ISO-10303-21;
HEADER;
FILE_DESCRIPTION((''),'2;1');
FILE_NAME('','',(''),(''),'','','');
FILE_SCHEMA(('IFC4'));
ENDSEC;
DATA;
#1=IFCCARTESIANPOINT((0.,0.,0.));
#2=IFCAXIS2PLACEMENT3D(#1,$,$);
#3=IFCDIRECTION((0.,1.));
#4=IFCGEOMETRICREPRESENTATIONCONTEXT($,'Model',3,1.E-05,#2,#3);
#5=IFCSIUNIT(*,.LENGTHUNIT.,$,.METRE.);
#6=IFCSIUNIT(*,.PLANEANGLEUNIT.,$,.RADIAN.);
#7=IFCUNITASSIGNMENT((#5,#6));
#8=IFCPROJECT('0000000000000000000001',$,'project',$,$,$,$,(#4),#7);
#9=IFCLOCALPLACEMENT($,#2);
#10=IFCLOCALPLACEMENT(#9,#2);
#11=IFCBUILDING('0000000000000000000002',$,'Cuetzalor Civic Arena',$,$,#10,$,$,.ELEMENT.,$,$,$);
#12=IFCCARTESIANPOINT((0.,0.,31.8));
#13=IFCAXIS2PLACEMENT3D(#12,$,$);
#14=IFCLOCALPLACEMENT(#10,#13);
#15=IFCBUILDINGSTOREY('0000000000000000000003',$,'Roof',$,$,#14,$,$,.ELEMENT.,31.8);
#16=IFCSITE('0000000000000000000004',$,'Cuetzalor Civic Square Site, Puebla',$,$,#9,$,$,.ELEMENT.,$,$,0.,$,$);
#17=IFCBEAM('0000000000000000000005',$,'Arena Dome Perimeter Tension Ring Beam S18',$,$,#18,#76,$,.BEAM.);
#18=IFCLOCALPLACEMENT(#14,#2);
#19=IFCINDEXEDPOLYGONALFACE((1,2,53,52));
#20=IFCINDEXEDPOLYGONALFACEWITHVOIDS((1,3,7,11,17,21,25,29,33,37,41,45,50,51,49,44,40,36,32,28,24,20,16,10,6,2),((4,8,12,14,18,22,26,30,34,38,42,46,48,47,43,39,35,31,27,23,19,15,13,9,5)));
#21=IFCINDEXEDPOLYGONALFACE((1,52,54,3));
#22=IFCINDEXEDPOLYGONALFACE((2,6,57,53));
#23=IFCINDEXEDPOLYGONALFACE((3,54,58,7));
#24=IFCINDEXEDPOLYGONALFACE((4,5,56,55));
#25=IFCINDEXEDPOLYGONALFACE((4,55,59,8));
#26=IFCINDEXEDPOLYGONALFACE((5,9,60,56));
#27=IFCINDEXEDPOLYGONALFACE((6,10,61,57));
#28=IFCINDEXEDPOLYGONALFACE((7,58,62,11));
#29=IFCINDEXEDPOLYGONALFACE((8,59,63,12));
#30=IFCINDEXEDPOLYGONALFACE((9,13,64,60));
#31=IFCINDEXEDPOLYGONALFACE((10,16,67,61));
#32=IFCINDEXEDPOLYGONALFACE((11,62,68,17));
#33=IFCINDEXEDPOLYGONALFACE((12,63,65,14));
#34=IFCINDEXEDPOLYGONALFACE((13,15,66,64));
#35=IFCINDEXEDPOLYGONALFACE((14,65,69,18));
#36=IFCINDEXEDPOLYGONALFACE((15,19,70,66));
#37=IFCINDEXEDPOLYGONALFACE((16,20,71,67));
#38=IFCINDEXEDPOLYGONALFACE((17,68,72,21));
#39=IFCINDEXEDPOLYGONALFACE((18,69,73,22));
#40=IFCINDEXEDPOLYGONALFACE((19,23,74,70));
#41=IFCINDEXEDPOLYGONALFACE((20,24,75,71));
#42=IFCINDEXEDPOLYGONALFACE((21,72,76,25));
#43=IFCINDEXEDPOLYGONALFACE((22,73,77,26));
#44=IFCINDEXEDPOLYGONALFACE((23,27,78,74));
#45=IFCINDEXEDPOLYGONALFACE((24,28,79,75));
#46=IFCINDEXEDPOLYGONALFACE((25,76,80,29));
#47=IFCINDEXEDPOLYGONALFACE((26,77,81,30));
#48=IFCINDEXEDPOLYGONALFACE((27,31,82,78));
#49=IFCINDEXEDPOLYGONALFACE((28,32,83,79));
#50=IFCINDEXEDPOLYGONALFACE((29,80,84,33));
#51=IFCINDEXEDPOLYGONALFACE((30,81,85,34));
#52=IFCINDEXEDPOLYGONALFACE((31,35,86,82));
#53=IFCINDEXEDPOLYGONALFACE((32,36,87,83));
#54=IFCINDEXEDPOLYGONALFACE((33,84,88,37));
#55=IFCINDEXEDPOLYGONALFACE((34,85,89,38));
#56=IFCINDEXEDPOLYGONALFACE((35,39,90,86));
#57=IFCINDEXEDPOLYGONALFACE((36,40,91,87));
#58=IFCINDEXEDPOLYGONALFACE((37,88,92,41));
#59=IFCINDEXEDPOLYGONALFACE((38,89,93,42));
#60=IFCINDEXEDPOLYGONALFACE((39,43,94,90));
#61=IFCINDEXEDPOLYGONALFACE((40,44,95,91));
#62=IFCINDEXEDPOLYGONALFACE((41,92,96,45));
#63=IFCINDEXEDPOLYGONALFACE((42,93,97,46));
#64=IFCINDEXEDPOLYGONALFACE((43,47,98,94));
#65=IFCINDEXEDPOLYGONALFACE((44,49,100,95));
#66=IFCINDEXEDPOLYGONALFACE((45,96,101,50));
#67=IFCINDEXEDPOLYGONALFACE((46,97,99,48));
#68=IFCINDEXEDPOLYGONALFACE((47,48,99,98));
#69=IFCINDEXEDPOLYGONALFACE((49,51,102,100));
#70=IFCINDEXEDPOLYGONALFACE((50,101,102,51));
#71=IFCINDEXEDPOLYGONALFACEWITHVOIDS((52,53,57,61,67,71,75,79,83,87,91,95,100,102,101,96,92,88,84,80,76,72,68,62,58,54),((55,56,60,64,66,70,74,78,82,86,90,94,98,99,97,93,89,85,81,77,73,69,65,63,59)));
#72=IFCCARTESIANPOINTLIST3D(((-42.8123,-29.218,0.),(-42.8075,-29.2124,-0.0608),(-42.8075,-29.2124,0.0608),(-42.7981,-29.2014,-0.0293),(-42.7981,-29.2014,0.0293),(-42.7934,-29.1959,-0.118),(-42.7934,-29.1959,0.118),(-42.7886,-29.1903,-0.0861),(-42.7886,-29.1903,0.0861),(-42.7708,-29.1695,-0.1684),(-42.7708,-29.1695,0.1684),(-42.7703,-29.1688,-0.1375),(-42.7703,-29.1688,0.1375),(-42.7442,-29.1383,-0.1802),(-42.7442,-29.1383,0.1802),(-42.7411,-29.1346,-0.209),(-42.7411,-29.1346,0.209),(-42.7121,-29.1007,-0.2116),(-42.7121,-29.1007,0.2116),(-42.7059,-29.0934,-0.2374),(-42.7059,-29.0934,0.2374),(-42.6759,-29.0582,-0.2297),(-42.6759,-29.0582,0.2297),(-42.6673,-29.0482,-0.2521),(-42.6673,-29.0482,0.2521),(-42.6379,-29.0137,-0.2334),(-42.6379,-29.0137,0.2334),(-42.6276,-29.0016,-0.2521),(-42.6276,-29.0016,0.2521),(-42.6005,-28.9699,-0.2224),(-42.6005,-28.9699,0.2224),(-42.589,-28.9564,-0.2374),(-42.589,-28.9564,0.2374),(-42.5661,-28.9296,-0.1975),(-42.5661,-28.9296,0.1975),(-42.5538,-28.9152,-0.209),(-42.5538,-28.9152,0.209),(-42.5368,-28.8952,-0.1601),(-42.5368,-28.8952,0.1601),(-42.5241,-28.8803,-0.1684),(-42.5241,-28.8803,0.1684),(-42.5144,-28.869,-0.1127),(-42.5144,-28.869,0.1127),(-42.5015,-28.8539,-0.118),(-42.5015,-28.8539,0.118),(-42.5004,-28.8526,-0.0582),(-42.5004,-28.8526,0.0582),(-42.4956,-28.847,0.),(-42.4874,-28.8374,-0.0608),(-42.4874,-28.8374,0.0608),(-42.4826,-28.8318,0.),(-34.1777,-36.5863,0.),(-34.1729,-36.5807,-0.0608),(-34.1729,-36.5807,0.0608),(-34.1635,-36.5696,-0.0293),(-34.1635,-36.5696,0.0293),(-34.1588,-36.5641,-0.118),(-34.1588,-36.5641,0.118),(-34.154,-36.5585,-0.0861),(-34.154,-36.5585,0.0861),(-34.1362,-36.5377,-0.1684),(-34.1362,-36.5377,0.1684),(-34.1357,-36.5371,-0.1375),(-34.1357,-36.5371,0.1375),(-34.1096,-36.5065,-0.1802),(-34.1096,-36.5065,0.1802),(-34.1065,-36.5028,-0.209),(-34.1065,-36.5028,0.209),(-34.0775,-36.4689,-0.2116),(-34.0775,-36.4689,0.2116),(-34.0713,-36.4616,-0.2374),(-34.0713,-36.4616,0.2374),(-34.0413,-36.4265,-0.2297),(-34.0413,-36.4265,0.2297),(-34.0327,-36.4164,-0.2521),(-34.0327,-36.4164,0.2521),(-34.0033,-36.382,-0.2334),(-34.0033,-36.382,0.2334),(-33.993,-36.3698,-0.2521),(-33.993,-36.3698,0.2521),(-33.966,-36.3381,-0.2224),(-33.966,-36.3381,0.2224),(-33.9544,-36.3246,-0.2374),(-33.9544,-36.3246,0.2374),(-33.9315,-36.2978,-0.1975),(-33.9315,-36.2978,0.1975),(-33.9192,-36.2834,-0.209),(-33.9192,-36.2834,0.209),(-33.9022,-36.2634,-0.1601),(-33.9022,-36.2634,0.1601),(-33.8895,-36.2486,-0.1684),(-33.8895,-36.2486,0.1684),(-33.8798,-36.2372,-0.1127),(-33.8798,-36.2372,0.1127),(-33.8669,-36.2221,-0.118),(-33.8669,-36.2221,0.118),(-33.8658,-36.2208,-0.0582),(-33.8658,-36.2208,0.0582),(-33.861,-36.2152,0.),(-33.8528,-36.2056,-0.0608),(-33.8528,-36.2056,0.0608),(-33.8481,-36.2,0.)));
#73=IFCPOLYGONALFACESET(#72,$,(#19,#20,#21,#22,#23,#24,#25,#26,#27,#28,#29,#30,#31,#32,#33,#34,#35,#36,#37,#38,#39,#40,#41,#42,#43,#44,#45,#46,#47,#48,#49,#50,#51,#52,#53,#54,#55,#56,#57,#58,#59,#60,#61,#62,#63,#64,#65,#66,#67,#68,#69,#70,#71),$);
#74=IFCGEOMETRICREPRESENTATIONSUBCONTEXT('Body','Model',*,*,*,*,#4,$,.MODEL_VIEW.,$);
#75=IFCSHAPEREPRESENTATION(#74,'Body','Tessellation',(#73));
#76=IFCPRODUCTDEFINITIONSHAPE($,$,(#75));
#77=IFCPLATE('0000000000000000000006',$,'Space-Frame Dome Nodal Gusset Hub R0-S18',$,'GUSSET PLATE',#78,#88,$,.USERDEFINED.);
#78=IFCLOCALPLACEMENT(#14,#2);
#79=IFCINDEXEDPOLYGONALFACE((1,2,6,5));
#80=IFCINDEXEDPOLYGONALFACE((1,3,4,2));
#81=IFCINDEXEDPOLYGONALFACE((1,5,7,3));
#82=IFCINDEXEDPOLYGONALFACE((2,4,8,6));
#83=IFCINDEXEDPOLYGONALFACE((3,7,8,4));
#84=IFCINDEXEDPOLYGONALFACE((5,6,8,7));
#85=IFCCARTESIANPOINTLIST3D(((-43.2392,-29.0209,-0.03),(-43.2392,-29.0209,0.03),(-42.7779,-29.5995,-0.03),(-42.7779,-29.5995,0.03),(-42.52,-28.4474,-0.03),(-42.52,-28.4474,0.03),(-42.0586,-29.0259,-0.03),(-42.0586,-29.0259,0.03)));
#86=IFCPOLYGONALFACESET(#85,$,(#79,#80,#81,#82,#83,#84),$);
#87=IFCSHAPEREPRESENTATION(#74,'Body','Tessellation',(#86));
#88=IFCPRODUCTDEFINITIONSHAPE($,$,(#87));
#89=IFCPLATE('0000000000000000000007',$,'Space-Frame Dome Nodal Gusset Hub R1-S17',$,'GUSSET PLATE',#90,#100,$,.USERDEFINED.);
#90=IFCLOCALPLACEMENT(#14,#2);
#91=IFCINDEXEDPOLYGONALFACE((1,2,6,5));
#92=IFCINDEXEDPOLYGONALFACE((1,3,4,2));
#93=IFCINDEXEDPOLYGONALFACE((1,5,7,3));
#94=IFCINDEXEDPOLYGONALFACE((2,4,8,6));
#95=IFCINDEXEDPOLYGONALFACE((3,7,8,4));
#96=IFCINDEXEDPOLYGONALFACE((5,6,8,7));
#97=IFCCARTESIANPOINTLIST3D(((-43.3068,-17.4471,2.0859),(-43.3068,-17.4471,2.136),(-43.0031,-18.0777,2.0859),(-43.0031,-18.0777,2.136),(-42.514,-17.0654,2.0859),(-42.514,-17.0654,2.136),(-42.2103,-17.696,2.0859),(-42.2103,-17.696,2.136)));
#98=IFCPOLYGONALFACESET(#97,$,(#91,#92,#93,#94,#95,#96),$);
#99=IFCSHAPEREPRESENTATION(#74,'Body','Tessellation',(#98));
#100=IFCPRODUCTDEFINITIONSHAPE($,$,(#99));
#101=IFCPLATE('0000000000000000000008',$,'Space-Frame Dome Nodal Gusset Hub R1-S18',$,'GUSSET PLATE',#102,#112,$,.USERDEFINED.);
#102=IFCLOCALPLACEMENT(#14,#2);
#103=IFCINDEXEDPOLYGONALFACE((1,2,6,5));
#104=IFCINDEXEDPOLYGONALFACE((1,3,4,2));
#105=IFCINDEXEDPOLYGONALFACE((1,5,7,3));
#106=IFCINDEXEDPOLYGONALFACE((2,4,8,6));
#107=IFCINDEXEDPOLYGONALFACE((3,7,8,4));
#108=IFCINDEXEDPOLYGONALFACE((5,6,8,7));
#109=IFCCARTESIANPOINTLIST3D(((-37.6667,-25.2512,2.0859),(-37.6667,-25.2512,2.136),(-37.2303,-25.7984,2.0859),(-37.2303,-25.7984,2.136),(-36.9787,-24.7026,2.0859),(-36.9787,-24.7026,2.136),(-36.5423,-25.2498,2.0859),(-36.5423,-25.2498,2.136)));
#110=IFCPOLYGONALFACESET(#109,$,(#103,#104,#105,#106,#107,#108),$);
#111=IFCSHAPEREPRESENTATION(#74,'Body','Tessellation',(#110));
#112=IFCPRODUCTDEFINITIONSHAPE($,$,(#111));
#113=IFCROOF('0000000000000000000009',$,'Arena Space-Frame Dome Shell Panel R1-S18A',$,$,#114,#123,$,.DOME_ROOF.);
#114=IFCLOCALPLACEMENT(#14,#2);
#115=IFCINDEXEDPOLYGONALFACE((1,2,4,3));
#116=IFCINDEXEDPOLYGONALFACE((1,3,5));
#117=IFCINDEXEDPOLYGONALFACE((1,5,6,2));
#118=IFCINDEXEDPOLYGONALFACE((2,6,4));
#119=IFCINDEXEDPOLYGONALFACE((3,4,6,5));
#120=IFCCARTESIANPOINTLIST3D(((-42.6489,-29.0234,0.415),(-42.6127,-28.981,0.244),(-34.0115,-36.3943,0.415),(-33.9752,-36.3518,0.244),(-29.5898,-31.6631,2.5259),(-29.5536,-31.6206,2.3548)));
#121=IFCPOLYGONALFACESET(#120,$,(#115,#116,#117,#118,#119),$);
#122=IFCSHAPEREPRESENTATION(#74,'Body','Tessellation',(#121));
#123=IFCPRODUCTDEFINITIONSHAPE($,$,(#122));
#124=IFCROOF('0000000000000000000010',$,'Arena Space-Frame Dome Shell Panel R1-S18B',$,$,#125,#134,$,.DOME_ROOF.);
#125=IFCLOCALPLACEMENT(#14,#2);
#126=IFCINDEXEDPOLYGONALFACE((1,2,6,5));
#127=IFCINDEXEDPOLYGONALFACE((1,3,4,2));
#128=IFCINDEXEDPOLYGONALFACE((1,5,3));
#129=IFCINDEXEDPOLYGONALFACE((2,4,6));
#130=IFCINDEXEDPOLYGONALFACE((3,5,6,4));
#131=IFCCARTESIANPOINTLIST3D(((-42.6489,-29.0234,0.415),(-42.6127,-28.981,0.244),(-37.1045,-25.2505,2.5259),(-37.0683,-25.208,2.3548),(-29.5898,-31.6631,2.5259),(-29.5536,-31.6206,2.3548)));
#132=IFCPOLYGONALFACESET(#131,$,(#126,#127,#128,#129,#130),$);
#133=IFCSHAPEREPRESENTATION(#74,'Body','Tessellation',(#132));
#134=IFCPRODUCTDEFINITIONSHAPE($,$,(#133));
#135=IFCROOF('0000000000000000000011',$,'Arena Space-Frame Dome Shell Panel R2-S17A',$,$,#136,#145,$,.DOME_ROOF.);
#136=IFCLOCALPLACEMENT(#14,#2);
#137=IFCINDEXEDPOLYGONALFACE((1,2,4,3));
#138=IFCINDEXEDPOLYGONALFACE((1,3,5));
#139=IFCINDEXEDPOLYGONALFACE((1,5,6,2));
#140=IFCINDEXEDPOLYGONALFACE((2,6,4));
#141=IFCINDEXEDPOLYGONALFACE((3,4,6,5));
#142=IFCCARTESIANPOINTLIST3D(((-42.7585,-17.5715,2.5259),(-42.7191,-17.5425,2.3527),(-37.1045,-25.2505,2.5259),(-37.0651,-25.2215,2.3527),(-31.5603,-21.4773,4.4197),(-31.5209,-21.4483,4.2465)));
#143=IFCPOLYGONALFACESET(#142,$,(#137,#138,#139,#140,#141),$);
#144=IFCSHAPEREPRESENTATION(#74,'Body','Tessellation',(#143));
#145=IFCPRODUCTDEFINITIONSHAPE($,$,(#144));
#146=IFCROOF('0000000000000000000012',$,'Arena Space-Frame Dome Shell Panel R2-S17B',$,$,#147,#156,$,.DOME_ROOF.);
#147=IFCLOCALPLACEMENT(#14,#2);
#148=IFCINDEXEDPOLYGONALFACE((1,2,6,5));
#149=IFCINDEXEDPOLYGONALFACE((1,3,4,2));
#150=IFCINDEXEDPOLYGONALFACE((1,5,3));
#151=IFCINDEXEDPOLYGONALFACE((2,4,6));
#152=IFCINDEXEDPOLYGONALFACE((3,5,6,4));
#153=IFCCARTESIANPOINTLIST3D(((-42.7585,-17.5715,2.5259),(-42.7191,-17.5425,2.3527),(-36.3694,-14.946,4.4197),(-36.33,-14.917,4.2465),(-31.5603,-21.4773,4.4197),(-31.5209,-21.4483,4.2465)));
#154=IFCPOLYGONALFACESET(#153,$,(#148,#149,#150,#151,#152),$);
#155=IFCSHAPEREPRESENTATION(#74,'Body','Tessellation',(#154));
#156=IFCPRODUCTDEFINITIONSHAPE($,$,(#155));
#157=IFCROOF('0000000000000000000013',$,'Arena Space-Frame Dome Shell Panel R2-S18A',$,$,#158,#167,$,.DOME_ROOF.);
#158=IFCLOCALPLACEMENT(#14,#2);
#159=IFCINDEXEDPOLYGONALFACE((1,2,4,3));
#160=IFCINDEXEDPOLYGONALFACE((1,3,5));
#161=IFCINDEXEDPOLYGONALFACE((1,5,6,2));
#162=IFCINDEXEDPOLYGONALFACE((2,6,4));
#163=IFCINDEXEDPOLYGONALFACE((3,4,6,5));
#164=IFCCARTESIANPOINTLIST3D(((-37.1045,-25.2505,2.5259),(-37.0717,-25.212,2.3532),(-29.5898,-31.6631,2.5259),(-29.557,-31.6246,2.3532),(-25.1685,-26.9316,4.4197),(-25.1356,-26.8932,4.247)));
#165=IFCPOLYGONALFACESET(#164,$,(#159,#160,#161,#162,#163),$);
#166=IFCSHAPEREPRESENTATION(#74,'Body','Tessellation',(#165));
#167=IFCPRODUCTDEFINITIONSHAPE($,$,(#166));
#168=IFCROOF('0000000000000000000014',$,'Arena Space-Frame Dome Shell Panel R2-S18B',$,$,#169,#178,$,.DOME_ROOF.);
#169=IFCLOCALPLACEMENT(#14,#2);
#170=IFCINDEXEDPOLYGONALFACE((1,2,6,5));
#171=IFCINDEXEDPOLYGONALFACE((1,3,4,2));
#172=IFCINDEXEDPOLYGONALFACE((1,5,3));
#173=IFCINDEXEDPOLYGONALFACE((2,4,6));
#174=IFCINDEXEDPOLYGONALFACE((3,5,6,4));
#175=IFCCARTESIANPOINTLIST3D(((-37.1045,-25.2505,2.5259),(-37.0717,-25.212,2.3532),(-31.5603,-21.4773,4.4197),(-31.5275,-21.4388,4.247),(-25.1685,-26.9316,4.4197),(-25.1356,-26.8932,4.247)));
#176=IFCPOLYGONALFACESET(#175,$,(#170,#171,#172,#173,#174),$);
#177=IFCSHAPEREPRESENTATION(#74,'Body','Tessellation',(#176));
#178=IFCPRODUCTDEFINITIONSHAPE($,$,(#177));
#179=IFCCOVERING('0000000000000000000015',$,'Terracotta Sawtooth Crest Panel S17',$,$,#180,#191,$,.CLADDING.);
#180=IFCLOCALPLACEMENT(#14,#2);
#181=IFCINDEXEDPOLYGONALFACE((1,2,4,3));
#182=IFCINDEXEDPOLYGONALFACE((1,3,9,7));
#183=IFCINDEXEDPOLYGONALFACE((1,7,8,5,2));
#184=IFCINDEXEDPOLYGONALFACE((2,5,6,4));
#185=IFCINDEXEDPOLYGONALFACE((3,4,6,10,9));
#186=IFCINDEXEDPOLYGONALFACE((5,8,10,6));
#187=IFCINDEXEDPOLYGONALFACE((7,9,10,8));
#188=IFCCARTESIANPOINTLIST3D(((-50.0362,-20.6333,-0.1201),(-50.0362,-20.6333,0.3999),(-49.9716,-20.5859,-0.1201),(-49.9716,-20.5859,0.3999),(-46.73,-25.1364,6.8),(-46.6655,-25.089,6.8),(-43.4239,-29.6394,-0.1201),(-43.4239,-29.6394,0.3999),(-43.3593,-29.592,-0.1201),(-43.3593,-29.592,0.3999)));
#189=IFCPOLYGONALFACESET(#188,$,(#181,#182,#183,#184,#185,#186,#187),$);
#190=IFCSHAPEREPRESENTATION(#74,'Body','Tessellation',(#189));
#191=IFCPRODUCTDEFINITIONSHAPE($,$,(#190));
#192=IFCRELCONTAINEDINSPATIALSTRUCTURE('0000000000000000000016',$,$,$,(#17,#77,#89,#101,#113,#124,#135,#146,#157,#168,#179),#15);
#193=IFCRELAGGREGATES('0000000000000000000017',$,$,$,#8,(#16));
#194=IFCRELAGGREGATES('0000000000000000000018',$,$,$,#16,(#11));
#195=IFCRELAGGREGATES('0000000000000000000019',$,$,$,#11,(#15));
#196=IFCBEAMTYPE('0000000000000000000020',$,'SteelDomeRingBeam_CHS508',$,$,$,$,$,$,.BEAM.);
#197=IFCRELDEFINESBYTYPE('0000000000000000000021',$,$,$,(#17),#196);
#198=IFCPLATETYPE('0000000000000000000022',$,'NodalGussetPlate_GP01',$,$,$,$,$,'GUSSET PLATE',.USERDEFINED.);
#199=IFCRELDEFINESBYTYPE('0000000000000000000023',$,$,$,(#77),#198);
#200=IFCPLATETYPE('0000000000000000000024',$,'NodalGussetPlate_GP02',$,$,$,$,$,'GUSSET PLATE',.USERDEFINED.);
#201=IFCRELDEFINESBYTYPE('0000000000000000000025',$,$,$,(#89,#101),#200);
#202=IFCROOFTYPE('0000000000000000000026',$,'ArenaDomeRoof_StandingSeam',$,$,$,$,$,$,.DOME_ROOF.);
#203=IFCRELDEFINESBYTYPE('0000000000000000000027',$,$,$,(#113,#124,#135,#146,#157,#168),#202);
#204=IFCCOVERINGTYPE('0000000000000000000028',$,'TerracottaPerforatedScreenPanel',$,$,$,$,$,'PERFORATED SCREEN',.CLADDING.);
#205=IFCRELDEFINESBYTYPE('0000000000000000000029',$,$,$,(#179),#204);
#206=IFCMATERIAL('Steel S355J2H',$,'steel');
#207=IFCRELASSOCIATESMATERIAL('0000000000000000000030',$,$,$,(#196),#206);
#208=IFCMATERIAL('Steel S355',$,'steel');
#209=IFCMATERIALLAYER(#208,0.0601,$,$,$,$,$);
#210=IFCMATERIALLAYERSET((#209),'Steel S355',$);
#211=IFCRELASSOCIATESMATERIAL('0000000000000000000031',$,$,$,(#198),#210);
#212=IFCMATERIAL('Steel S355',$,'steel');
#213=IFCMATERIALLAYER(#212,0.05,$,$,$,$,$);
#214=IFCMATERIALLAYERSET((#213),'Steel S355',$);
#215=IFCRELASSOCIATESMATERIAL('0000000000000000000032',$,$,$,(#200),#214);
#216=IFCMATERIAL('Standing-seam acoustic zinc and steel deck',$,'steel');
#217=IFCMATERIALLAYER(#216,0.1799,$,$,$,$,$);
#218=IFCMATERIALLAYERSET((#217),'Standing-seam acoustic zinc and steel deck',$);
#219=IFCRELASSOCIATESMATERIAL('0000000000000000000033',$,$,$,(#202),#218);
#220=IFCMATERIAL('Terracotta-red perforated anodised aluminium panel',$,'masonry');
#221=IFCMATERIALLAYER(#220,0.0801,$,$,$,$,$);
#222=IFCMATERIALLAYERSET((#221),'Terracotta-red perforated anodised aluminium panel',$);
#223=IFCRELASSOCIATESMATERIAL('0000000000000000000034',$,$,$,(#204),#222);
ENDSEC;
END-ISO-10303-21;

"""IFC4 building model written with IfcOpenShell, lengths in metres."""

from ifc_helpers import new_model, si_unit, direction, frame, origin, origin_2d, place, context, subcontext, project, spatial, polyline, rectangle, hollow_circle, outline, extrude, material, layer, layer_set, material_profile, profile_set, type_object, element, save


model = new_model("IFC4")

# Units and contexts
model_context = context("Model", 3, precision=1e-05, world=origin(), true_north=direction((0.0, 1.0)))
body_context = subcontext(model_context, "Body", "Model", "MODEL_VIEW")
ifc_project = project(units=[si_unit("LENGTHUNIT", "METRE"), si_unit("PLANEANGLEUNIT", "RADIAN")], contexts=[model_context])

# Site, building, storey
site_placement = place(None, origin())
site = spatial("IfcSite", under=ifc_project, at=site_placement, Name="Cuetzalor Civic Square Site, Puebla", CompositionType="ELEMENT", RefElevation=0.0)
building_placement = place(site_placement, origin())
building = spatial("IfcBuilding", under=site, at=building_placement, Name="Cuetzalor Civic Arena", CompositionType="ELEMENT")
storey_placement = place(building_placement, frame((0.0, 0.0, 31.8)))
storey = spatial("IfcBuildingStorey", under=building, at=storey_placement, Name="Roof", CompositionType="ELEMENT", Elevation=31.8)

# Beam
ifc_material_1 = material(Name="Steel S355J2H", Category="steel")
ifc_material_profile_1 = material_profile(ifc_material_1, hollow_circle(Radius=0.2539, WallThickness=0.02, at=origin_2d()), Name="CHS 508x20")
ifc_profile_set_1 = profile_set([ifc_material_profile_1], Name="Steel S355J2H")
beam_type = type_object("IfcBeamType", Name="SteelDomeRingBeam_CHS508", PredefinedType="BEAM", material=ifc_profile_set_1)
beam_placement = place(storey_placement, frame((-42.6475, -29.0249, 0.0), z_axis=(0.760685, -0.649121, 0.0), x_axis=(0.649121, 0.760685, 0.0)))
element("IfcBeam", 1, at=beam_placement, inside=storey, type_object=beam_type, Name="Arena Dome Perimeter Tension Ring Beam S18", PredefinedType="BEAM", context=body_context, shape_type="SweptSolid", body=[
    extrude(hollow_circle(Radius=0.2539, WallThickness=0.02, at=origin_2d()), origin(), (0.0, 0.0, 1.0), 11.3511),
])

# Plates
ifc_material_2 = material(Name="Steel S355", Category="steel")
ifc_layer_1 = layer(ifc_material_2, 0.0601)
ifc_layer_set_1 = layer_set([ifc_layer_1], Name="Steel S355")
plate_type_1 = type_object("IfcPlateType", Name="NodalGussetPlate_GP01", ElementType="GUSSET PLATE", PredefinedType="USERDEFINED", material=ifc_layer_set_1)
plate_placement = place(storey_placement, frame((-42.6489, -29.0234, -0.03), z_axis=(0.0, 0.0, 1.0), x_axis=(-0.781847, -0.62347, 0.0)))
element("IfcPlate", 2, at=plate_placement, inside=storey, type_object=plate_type_1, Name="Space-Frame Dome Nodal Gusset Hub R0-S18", ObjectType="GUSSET PLATE", PredefinedType="USERDEFINED", context=body_context, shape_type="SweptSolid", body=[
    extrude(rectangle(XDim=0.9199, YDim=0.74, at=origin_2d()), origin(), (0.0, 0.0, 1.0), 0.0601),
])
ifc_material_3 = material(Name="Steel S355", Category="steel")
ifc_layer_2 = layer(ifc_material_3, 0.05)
ifc_layer_set_2 = layer_set([ifc_layer_2], Name="Steel S355")
plate_type_2 = type_object("IfcPlateType", Name="NodalGussetPlate_GP02", ElementType="GUSSET PLATE", PredefinedType="USERDEFINED", material=ifc_layer_set_2)
for number, where, z_axis, x_axis, name in (
    (3, (-42.7585, -17.5715, 2.0859), (0.0, 0.0, 1.0), (-0.901001, -0.433816, 0.0), "Space-Frame Dome Nodal Gusset Hub R1-S17"),
    (4, (-37.1045, -25.2505, 2.0859), (0.0, 0.0, 1.0), (-0.781847, -0.62347, 0.0), "Space-Frame Dome Nodal Gusset Hub R1-S18"),
):
    element("IfcPlate", number, at=place(storey_placement, frame(where, z_axis=z_axis, x_axis=x_axis)), inside=storey, type_object=plate_type_2, Name=name, ObjectType="GUSSET PLATE", PredefinedType="USERDEFINED", context=body_context, shape_type="SweptSolid", body=[
        extrude(rectangle(XDim=0.8799, YDim=0.7, at=origin_2d()), origin(), (0.0, 0.0, 1.0), 0.05),
    ])

# Roofs
ifc_material_4 = material(Name="Standing-seam acoustic zinc and steel deck", Category="steel")
ifc_layer_3 = layer(ifc_material_4, 0.1799)
ifc_layer_set_3 = layer_set([ifc_layer_3], Name="Standing-seam acoustic zinc and steel deck")
roof_type = type_object("IfcRoofType", Name="ArenaDomeRoof_StandingSeam", PredefinedType="DOME_ROOF", material=ifc_layer_set_3)
roof_1_placement = place(storey_placement, frame((-42.6489, -29.0234, 0.415), z_axis=(-0.201359, -0.235961, 0.950672), x_axis=(0.760677, -0.649131, 0.0)))
element("IfcRoof", 5, at=roof_1_placement, inside=storey, type_object=roof_type, Name="Arena Space-Frame Dome Shell Panel R1-S18A", PredefinedType="DOME_ROOF", context=body_context, shape_type="SweptSolid", body=[
    extrude(outline(polyline([(0.0, 0.0), (11.355, 0.0), (11.6472, 6.8048), (0.0, 0.0)])), origin(), (0.0, 0.0, -1.0), 0.1799),
])
roof_2_placement = place(storey_placement, frame((-42.6489, -29.0234, 0.415), z_axis=(-0.20136, -0.235965, 0.950671), x_axis=(0.968102, -0.195684, 0.156482)))
element("IfcRoof", 6, at=roof_2_placement, inside=storey, type_object=roof_type, Name="Arena Space-Frame Dome Shell Panel R1-S18B", PredefinedType="DOME_ROOF", context=body_context, shape_type="SweptSolid", body=[
    extrude(outline(polyline([(0.0, 0.0), (13.4894, 0.0), (4.9596, 4.9834), (0.0, 0.0)])), origin(), (0.0, 0.0, -1.0), 0.1799),
])
roof_3_placement = place(storey_placement, frame((-42.7585, -17.5715, 2.5259), z_axis=(-0.218979, -0.161235, 0.962316), x_axis=(0.592919, -0.805262, 0.0)))
element("IfcRoof", 7, at=roof_3_placement, inside=storey, type_object=roof_type, Name="Arena Space-Frame Dome Shell Panel R2-S17A", PredefinedType="DOME_ROOF", context=body_context, shape_type="SweptSolid", body=[
    extrude(outline(polyline([(0.0, 0.0), (9.536, 0.0), (9.7848, 6.9642), (0.0, 0.0)])), origin(), (0.0, 0.0, -1.0), 0.1799),
])
roof_4_placement = place(storey_placement, frame((-42.7585, -17.5715, 2.5259), z_axis=(-0.21898, -0.161239, 0.962315), x_axis=(0.932403, -0.325207, 0.157684)))
element("IfcRoof", 8, at=roof_4_placement, inside=storey, type_object=roof_type, Name="Arena Space-Frame Dome Shell Panel R2-S17B", PredefinedType="DOME_ROOF", context=body_context, shape_type="SweptSolid", body=[
    extrude(outline(polyline([(0.0, 0.0), (12.0101, 0.0), (5.4021, 4.703), (0.0, 0.0)])), origin(), (0.0, 0.0, -1.0), 0.1799),
])
roof_5_placement = place(storey_placement, frame((-37.1045, -25.2505, 2.5259), z_axis=(-0.182373, -0.213715, 0.959722), x_axis=(0.760682, -0.649125, 0.0)))
element("IfcRoof", 9, at=roof_5_placement, inside=storey, type_object=roof_type, Name="Arena Space-Frame Dome Shell Panel R2-S18A", PredefinedType="DOME_ROOF", context=body_context, shape_type="SweptSolid", body=[
    extrude(outline(polyline([(0.0, 0.0), (9.8788, 0.0), (10.1708, 6.7407), (0.0, 0.0)])), origin(), (0.0, 0.0, -1.0), 0.1799),
])
roof_6_placement = place(storey_placement, frame((-37.1045, -25.2505, 2.5259), z_axis=(-0.182373, -0.21372, 0.959721), x_axis=(0.978227, -0.13778, 0.155208)))
element("IfcRoof", 10, at=roof_6_placement, inside=storey, type_object=roof_type, Name="Arena Space-Frame Dome Shell Panel R2-S18B", PredefinedType="DOME_ROOF", context=body_context, shape_type="SweptSolid", body=[
    extrude(outline(polyline([(0.0, 0.0), (12.2017, 0.0), (5.1975, 4.6419), (0.0, 0.0)])), origin(), (0.0, 0.0, -1.0), 0.1799),
])

# Covering
ifc_material_5 = material(Name="Terracotta-red perforated anodised aluminium panel", Category="masonry")
ifc_layer_4 = layer(ifc_material_5, 0.0801)
ifc_layer_set_4 = layer_set([ifc_layer_4], Name="Terracotta-red perforated anodised aluminium panel")
covering_type = type_object("IfcCoveringType", Name="TerracottaPerforatedScreenPanel", ElementType="PERFORATED SCREEN", PredefinedType="CLADDING", material=ifc_layer_set_4)
covering_1_placement = place(storey_placement, frame((-43.3916, -29.6157, -0.1201), z_axis=(0.0, 0.0, 1.0), x_axis=(-0.591819, 0.806071, 0.0)))
element("IfcCovering", 11, at=covering_1_placement, inside=storey, type_object=covering_type, Name="Terracotta Sawtooth Crest Panel S17", PredefinedType="CLADDING", context=body_context, shape_type="SweptSolid", body=[
    extrude(outline(polyline([(0.0, 0.0), (11.1729, 0.0), (11.1729, 0.52), (5.5864, 6.9202), (0.0, 0.52), (0.0, 0.0)])), frame((0.0, 0.04, 0.0), z_axis=(0.0, -1.0, 0.0), x_axis=(1.0, 0.0, 0.0)), (0.0, 0.0, 1.0), 0.0801),
])

save(model, "model.ifc")
